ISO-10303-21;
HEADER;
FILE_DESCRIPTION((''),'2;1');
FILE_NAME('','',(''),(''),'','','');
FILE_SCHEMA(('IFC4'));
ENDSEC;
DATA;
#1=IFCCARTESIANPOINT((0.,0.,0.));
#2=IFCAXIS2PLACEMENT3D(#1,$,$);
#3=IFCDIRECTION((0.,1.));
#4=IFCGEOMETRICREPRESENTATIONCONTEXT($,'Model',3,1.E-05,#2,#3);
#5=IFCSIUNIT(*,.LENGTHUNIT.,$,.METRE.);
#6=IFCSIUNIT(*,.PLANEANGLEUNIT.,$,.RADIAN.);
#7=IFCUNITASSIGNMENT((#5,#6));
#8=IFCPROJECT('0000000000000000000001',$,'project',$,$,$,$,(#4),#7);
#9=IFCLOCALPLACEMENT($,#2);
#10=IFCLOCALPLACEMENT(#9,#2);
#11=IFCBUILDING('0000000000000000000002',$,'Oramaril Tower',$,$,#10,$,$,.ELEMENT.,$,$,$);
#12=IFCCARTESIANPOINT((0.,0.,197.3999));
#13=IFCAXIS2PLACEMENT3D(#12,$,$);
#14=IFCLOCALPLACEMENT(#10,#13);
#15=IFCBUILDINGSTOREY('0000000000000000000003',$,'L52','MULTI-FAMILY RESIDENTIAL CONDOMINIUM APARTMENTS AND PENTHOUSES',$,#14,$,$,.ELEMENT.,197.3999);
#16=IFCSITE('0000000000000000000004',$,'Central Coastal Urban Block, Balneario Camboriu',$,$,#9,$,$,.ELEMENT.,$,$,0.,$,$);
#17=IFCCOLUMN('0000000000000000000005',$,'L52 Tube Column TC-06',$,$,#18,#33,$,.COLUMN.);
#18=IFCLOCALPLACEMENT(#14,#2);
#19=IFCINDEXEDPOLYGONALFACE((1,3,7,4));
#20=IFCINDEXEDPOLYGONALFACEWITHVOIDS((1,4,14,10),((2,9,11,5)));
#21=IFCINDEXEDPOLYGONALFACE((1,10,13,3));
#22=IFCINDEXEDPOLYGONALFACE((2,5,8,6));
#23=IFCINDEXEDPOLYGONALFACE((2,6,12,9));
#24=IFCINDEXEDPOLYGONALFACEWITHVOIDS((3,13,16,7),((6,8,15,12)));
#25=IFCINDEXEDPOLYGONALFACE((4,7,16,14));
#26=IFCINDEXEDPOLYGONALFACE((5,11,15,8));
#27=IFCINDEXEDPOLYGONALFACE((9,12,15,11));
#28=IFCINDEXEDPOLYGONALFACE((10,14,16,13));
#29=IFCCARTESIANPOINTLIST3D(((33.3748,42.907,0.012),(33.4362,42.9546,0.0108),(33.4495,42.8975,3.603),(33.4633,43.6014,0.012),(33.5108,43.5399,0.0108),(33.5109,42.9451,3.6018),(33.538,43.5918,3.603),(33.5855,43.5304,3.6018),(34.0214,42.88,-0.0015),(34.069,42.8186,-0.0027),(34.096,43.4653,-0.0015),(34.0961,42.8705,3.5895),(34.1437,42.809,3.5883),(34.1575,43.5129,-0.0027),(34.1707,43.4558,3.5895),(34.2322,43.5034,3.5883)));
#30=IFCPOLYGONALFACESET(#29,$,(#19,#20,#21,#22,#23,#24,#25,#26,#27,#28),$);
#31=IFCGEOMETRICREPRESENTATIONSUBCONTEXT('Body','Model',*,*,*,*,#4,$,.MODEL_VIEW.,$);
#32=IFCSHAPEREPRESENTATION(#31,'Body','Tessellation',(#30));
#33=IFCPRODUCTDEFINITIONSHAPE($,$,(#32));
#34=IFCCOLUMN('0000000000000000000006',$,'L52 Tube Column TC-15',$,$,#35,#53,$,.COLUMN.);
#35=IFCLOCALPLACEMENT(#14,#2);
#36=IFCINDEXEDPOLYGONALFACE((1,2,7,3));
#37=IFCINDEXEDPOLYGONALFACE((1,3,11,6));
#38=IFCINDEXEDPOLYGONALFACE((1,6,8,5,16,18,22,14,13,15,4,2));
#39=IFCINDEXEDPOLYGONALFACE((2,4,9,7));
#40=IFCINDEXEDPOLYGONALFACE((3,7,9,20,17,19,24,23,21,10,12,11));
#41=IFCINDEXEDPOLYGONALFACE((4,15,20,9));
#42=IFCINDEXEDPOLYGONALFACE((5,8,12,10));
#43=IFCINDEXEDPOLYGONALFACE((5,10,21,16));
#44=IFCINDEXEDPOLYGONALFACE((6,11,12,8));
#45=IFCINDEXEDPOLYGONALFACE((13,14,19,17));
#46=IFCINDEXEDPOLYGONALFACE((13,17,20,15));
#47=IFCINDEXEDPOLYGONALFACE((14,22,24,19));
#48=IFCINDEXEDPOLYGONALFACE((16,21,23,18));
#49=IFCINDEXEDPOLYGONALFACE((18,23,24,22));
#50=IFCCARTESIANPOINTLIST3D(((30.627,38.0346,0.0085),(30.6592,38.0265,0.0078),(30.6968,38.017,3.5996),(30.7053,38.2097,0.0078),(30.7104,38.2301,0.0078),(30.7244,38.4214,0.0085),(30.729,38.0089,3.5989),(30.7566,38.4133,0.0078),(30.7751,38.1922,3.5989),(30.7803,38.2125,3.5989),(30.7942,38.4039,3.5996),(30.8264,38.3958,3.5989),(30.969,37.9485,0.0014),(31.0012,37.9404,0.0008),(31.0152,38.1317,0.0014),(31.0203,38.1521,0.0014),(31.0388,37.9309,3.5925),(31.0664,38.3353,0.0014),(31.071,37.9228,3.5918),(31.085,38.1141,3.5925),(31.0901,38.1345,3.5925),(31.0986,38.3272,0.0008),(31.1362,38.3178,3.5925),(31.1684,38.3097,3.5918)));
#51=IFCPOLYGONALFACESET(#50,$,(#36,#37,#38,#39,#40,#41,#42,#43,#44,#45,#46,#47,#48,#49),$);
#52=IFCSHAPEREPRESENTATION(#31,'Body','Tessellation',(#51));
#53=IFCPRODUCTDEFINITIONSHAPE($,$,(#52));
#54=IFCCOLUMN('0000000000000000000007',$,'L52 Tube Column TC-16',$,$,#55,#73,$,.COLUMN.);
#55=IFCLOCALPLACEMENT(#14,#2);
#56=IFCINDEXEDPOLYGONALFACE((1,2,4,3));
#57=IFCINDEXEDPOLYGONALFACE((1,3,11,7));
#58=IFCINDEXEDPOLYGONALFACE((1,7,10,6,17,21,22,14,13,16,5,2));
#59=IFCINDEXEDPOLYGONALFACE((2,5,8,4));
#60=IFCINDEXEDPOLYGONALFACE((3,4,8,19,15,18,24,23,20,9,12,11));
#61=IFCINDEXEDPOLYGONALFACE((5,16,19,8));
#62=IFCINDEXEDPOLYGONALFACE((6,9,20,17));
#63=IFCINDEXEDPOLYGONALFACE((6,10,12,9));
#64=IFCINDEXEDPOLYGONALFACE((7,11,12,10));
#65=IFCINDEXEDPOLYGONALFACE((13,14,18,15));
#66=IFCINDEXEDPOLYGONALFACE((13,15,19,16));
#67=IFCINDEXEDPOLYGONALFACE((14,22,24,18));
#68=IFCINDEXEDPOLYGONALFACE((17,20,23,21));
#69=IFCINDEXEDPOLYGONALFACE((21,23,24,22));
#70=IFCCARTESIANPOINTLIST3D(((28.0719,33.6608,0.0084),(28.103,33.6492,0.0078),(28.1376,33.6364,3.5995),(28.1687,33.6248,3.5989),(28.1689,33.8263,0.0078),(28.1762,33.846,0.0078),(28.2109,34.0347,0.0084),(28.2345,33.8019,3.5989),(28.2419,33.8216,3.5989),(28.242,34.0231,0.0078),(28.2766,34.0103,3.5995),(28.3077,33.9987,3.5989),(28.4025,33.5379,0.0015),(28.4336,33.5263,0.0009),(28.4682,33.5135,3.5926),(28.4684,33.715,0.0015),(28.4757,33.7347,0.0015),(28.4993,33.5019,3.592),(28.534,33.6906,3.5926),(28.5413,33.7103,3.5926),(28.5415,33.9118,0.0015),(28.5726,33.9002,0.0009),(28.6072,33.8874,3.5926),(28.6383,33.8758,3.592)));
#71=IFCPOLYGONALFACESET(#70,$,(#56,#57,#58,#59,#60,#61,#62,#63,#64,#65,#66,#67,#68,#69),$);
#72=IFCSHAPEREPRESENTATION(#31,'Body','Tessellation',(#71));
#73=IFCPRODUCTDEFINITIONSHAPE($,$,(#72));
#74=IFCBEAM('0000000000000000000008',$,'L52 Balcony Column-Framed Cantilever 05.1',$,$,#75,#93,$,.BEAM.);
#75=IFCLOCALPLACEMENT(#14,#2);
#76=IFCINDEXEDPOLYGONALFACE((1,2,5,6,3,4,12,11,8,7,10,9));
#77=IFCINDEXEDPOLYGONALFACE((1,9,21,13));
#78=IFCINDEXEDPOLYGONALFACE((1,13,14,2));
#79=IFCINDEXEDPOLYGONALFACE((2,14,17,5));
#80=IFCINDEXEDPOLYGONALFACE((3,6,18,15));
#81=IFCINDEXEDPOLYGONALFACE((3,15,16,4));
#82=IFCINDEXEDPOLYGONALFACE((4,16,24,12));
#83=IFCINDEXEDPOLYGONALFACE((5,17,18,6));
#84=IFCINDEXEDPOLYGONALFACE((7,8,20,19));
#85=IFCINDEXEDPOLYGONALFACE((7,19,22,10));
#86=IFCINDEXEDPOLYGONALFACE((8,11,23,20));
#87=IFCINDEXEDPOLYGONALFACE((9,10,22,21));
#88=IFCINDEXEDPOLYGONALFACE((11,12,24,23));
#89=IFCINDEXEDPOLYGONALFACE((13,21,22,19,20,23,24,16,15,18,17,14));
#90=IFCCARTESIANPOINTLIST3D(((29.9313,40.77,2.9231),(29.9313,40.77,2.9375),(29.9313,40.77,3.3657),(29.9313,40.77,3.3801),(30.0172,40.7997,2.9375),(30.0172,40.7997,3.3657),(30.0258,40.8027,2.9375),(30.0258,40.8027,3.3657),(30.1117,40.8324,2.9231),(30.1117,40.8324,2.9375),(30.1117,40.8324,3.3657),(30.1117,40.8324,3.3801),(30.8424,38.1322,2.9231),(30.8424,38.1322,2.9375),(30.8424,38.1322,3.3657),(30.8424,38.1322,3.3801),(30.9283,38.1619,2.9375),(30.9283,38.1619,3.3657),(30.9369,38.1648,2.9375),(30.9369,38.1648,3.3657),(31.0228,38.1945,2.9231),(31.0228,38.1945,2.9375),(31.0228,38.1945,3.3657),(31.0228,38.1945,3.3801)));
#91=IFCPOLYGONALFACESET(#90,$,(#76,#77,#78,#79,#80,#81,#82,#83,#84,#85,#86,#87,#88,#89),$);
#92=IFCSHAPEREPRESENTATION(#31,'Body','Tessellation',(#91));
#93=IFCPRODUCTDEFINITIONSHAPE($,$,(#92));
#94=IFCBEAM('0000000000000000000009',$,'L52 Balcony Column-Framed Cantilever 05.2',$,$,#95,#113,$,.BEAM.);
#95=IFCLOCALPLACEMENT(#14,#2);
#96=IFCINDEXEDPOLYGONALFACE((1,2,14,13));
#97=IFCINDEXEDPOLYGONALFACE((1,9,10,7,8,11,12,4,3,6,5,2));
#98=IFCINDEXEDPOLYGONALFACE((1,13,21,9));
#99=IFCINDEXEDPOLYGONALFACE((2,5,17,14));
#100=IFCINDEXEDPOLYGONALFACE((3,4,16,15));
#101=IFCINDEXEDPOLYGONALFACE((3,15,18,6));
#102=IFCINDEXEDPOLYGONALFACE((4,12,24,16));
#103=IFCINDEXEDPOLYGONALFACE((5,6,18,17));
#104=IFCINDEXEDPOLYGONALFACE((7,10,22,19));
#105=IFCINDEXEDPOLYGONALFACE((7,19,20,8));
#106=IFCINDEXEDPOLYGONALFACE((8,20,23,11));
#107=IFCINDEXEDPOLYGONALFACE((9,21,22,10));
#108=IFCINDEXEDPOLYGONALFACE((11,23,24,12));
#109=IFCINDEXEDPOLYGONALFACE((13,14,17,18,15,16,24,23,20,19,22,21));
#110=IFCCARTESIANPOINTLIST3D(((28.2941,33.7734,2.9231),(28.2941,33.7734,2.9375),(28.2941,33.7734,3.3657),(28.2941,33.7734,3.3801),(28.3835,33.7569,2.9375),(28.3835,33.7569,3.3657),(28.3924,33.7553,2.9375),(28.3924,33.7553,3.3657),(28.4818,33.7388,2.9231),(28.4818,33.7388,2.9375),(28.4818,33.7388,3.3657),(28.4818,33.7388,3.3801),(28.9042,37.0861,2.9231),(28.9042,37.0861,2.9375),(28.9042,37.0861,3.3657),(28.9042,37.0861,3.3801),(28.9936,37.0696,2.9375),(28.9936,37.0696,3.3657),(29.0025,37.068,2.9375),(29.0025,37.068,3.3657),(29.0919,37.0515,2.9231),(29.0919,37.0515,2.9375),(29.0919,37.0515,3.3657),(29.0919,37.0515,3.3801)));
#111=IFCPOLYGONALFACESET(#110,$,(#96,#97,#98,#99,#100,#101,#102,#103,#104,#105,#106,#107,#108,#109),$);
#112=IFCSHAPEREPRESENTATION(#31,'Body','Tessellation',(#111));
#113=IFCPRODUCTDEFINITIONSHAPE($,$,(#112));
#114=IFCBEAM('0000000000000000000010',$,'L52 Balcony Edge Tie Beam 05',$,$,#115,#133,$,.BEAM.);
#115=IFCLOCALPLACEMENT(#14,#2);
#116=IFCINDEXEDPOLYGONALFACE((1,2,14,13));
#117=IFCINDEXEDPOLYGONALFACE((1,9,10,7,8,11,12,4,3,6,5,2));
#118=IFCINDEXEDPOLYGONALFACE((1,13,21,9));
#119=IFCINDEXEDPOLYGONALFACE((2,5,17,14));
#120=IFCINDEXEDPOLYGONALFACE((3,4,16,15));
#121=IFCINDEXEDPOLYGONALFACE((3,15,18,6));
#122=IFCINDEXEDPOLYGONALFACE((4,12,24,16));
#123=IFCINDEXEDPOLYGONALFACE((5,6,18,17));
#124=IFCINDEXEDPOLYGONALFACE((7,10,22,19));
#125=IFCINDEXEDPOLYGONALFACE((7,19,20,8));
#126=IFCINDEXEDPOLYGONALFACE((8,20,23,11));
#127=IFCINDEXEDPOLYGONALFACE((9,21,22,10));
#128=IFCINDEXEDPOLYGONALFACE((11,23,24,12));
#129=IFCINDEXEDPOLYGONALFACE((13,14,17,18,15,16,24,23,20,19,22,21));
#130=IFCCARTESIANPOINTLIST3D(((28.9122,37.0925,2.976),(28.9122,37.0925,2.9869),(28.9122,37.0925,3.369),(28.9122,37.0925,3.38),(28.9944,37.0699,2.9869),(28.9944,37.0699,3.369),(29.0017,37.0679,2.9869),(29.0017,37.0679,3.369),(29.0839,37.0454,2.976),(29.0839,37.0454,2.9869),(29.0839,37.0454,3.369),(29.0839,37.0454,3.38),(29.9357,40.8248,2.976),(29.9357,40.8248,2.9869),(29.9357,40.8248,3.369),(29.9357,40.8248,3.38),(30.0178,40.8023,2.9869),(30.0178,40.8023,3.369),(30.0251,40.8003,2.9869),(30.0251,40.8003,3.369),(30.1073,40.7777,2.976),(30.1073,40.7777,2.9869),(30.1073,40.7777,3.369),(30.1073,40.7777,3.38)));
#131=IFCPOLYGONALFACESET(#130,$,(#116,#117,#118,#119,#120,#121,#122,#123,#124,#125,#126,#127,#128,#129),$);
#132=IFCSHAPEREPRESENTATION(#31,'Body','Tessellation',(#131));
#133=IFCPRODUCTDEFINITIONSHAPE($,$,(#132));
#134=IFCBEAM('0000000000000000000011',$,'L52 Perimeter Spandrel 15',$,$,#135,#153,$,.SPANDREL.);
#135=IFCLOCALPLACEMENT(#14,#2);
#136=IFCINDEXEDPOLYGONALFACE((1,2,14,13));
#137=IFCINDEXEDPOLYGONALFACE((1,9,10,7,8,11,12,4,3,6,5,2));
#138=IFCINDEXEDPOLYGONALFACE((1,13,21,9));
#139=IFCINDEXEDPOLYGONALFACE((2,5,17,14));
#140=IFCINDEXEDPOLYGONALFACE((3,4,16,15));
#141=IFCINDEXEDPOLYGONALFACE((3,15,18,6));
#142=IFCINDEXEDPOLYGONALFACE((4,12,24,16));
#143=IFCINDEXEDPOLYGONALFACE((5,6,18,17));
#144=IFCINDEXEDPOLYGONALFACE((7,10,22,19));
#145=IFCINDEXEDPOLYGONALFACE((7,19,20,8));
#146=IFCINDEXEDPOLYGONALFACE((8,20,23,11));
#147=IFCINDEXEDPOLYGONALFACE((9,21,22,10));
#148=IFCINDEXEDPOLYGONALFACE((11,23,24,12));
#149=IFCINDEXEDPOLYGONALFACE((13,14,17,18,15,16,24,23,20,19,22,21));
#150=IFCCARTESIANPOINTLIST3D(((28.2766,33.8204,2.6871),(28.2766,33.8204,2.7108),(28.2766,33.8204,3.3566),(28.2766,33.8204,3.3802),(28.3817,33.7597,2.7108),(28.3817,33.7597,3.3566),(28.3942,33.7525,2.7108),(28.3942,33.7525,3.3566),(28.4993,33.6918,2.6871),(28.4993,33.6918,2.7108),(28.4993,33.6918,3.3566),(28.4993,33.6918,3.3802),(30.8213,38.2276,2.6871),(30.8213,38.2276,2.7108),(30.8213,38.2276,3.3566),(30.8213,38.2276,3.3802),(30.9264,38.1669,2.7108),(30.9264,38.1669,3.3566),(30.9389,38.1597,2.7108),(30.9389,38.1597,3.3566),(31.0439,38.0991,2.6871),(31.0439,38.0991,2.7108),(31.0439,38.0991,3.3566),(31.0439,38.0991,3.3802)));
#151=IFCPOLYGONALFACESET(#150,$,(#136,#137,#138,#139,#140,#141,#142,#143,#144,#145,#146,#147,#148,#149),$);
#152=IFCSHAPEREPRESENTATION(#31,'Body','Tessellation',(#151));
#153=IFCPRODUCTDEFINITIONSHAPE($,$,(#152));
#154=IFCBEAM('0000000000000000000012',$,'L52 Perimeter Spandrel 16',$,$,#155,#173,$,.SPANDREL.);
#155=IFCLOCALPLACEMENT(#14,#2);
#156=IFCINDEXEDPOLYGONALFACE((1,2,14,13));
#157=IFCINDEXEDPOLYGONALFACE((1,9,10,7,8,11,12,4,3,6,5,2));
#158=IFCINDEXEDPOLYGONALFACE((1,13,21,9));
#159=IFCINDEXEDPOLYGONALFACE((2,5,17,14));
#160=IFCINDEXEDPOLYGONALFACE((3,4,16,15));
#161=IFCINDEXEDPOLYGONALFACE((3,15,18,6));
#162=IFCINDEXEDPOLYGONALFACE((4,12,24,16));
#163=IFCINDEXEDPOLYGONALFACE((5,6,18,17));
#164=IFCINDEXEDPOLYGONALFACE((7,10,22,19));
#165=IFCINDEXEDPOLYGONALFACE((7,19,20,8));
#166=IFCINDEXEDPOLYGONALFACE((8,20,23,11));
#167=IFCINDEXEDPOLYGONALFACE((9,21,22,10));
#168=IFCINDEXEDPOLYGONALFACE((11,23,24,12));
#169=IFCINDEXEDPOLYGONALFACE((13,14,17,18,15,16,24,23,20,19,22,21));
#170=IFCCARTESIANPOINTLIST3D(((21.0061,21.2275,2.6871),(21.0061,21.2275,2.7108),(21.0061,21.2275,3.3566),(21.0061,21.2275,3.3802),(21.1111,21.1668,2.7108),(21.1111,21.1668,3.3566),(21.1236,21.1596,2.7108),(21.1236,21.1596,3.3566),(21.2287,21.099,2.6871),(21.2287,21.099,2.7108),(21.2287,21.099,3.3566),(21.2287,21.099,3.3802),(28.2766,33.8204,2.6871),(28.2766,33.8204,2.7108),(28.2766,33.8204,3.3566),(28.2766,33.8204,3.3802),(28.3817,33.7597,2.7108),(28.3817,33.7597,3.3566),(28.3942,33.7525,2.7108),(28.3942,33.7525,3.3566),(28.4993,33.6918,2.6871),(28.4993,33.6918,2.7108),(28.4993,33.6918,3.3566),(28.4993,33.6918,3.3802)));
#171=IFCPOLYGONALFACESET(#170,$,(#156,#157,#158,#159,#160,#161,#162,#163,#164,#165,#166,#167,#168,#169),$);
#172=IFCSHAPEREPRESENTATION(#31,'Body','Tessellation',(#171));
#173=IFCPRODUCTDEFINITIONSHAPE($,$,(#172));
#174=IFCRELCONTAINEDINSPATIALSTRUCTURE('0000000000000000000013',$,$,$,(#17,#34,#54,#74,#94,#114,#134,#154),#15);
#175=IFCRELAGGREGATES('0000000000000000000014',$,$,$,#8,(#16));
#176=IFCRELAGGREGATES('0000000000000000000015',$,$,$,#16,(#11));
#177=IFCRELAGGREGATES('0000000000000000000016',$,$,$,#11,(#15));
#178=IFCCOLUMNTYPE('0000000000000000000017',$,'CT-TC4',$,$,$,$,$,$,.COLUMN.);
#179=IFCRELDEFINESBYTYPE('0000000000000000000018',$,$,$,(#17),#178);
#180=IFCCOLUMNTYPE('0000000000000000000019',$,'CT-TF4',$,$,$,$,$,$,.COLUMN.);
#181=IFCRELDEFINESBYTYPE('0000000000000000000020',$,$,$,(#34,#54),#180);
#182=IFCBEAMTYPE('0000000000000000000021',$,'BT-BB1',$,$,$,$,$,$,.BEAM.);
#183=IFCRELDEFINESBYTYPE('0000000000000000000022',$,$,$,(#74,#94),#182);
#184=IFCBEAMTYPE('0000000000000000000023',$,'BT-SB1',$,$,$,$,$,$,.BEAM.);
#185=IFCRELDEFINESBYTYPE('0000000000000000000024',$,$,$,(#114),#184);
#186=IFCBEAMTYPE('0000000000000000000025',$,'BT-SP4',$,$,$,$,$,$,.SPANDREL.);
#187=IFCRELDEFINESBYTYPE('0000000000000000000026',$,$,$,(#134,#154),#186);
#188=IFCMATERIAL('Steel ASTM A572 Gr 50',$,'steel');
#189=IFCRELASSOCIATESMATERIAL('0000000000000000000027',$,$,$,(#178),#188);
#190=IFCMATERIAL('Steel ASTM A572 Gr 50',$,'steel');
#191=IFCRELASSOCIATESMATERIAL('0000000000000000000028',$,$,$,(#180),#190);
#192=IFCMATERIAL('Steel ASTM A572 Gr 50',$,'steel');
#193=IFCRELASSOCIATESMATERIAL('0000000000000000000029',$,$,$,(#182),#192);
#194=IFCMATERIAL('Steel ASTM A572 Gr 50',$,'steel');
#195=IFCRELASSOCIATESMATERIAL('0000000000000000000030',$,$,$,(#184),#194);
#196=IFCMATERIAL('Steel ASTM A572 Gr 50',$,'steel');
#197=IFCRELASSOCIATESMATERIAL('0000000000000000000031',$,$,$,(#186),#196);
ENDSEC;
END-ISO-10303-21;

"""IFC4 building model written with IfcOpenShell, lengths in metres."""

from ifc_helpers import new_model, si_unit, direction, frame, origin, origin_2d, place, context, subcontext, project, spatial, hollow_rectangle, i_section, extrude, material, material_profile, profile_set, type_object, element, save


model = new_model("IFC4")

# Units and contexts
model_context = context("Model", 3, precision=1e-05, world=origin(), true_north=direction((0.0, 1.0)))
body_context = subcontext(model_context, "Body", "Model", "MODEL_VIEW")
ifc_project = project(units=[si_unit("LENGTHUNIT", "METRE"), si_unit("PLANEANGLEUNIT", "RADIAN")], contexts=[model_context])

# Site, building, storey
site_placement = place(None, origin())
site = spatial("IfcSite", under=ifc_project, at=site_placement, Name="Central Coastal Urban Block, Balneario Camboriu", CompositionType="ELEMENT", RefElevation=0.0)
building_placement = place(site_placement, origin())
building = spatial("IfcBuilding", under=site, at=building_placement, Name="Oramaril Tower", CompositionType="ELEMENT")
storey_placement = place(building_placement, frame((0.0, 0.0, 197.3999)))
storey = spatial("IfcBuildingStorey", under=building, at=storey_placement, Name="L52", Description="MULTI-FAMILY RESIDENTIAL CONDOMINIUM APARTMENTS AND PENTHOUSES", CompositionType="ELEMENT", Elevation=197.3999)

# Columns
ifc_material_1 = material(Name="Steel ASTM A572 Gr 50", Category="steel")
ifc_material_profile_1 = material_profile(ifc_material_1, hollow_rectangle(XDim=0.7, YDim=0.7, WallThickness=0.0549, at=origin_2d()), Name="BOX700X700X55")
ifc_profile_set_1 = profile_set([ifc_material_profile_1], Name="Steel ASTM A572 Gr 50")
column_type_1 = type_object("IfcColumnType", Name="CT-TC4", PredefinedType="COLUMN", material=ifc_profile_set_1)
column_placement = place(storey_placement, frame((33.7661, 43.21, 0.0046), z_axis=(0.020799, -0.002651, 0.99978), x_axis=(0.126428, 0.991976, 0.0)))
element("IfcColumn", 1, at=column_placement, inside=storey, type_object=column_type_1, Name="L52 Tube Column TC-06", PredefinedType="COLUMN", context=body_context, shape_type="SweptSolid", body=[
    extrude(hollow_rectangle(XDim=0.7, YDim=0.7, WallThickness=0.0549, at=origin_2d()), origin(), (0.0, 0.0, 1.0), 3.5918),
])
ifc_material_2 = material(Name="Steel ASTM A572 Gr 50", Category="steel")
ifc_material_profile_2 = material_profile(ifc_material_2, i_section(OverallWidth=0.3989, OverallDepth=0.386, WebThickness=0.021, FlangeThickness=0.0332, at=origin_2d()), Name="W14X176")
ifc_profile_set_2 = profile_set([ifc_material_profile_2], Name="Steel ASTM A572 Gr 50")
column_type_2 = type_object("IfcColumnType", Name="CT-TF4", PredefinedType="COLUMN", material=ifc_profile_set_2)
for number, where, z_axis, x_axis, name in (
    (2, (30.8628, 38.1809, 0.0046), (0.01944, -0.004894, 0.999799), (0.244131, 0.969742, 0.0), "L52 Tube Column TC-15"),
    (3, (28.3223, 33.7805, 0.0046), (0.018285, -0.006797, 0.99981), (0.348449, 0.937328, 0.0), "L52 Tube Column TC-16"),
):
    element("IfcColumn", number, at=place(storey_placement, frame(where, z_axis=z_axis, x_axis=x_axis)), inside=storey, type_object=column_type_2, Name=name, PredefinedType="COLUMN", context=body_context, shape_type="SweptSolid", body=[
        extrude(i_section(OverallWidth=0.3989, OverallDepth=0.386, WebThickness=0.021, FlangeThickness=0.0332, at=origin_2d()), origin(), (0.0, 0.0, 1.0), 3.5918),
    ])

# Beams
ifc_material_3 = material(Name="Steel ASTM A572 Gr 50", Category="steel")
ifc_material_profile_3 = material_profile(ifc_material_3, i_section(OverallWidth=0.1909, OverallDepth=0.457, WebThickness=0.009, FlangeThickness=0.0144, at=origin_2d()), Name="W18X50")
ifc_profile_set_3 = profile_set([ifc_material_profile_3], Name="Steel ASTM A572 Gr 50")
beam_type_1 = type_object("IfcBeamType", Name="BT-BB1", PredefinedType="BEAM", material=ifc_profile_set_3)
beam_1_placement = place(storey_placement, frame((30.9326, 38.1633, 3.1516), z_axis=(-0.326471, 0.945207, 0.0), x_axis=(-0.945207, -0.326471, 0.0)))
element("IfcBeam", 4, at=beam_1_placement, inside=storey, type_object=beam_type_1, Name="L52 Balcony Column-Framed Cantilever 05.1", PredefinedType="BEAM", context=body_context, shape_type="SweptSolid", body=[
    extrude(i_section(OverallWidth=0.1909, OverallDepth=0.457, WebThickness=0.009, FlangeThickness=0.0144, at=origin_2d()), origin(), (0.0, 0.0, 1.0), 2.7908),
])
beam_2_placement = place(storey_placement, frame((28.3879, 33.7561, 3.1516), z_axis=(0.181124, 0.98346, 0.0), x_axis=(-0.98346, 0.181124, 0.0)))
element("IfcBeam", 5, at=beam_2_placement, inside=storey, type_object=beam_type_1, Name="L52 Balcony Column-Framed Cantilever 05.2", PredefinedType="BEAM", context=body_context, shape_type="SweptSolid", body=[
    extrude(i_section(OverallWidth=0.1909, OverallDepth=0.457, WebThickness=0.009, FlangeThickness=0.0144, at=origin_2d()), origin(), (0.0, 0.0, 1.0), 3.3684),
])
ifc_material_4 = material(Name="Steel ASTM A572 Gr 50", Category="steel")
ifc_material_profile_4 = material_profile(ifc_material_4, i_section(OverallWidth=0.178, OverallDepth=0.4041, WebThickness=0.0076, FlangeThickness=0.011, at=origin_2d()), Name="W16X36")
ifc_profile_set_4 = profile_set([ifc_material_profile_4], Name="Steel ASTM A572 Gr 50")
beam_type_2 = type_object("IfcBeamType", Name="BT-SB1", PredefinedType="BEAM", material=ifc_profile_set_4)
beam_3_placement = place(storey_placement, frame((30.0215, 40.8013, 3.178), z_axis=(-0.264441, -0.964402, 0.0), x_axis=(0.964402, -0.264441, 0.0)))
element("IfcBeam", 6, at=beam_3_placement, inside=storey, type_object=beam_type_2, Name="L52 Balcony Edge Tie Beam 05", PredefinedType="BEAM", context=body_context, shape_type="SweptSolid", body=[
    extrude(i_section(OverallWidth=0.178, OverallDepth=0.4041, WebThickness=0.0076, FlangeThickness=0.011, at=origin_2d()), origin(), (0.0, 0.0, 1.0), 3.8701),
])
ifc_material_5 = material(Name="Steel ASTM A572 Gr 50", Category="steel")
ifc_material_profile_5 = material_profile(ifc_material_5, i_section(OverallWidth=0.2571, OverallDepth=0.6931, WebThickness=0.0144, FlangeThickness=0.0237, at=origin_2d()), Name="W27X114")
ifc_profile_set_5 = profile_set([ifc_material_profile_5], Name="Steel ASTM A572 Gr 50")
beam_type_3 = type_object("IfcBeamType", Name="BT-SP4", PredefinedType="SPANDREL", material=ifc_profile_set_5)
beam_4_placement = place(storey_placement, frame((30.9326, 38.1633, 3.0337), z_axis=(-0.500024, -0.866011, 0.0), x_axis=(0.866011, -0.500024, 0.0)))
element("IfcBeam", 7, at=beam_4_placement, inside=storey, type_object=beam_type_3, Name="L52 Perimeter Spandrel 15", PredefinedType="SPANDREL", context=body_context, shape_type="SweptSolid", body=[
    extrude(i_section(OverallWidth=0.2571, OverallDepth=0.6931, WebThickness=0.0144, FlangeThickness=0.0237, at=origin_2d()), origin(), (0.0, 0.0, 1.0), 5.0891),
])
beam_5_placement = place(storey_placement, frame((28.3879, 33.7561, 3.0337), z_axis=(-0.500003, -0.866023, 0.0), x_axis=(0.866023, -0.500003, 0.0)))
element("IfcBeam", 8, at=beam_5_placement, inside=storey, type_object=beam_type_3, Name="L52 Perimeter Spandrel 16", PredefinedType="SPANDREL", context=body_context, shape_type="SweptSolid", body=[
    extrude(i_section(OverallWidth=0.2571, OverallDepth=0.6931, WebThickness=0.0144, FlangeThickness=0.0237, at=origin_2d()), origin(), (0.0, 0.0, 1.0), 14.541),
])

save(model, "model.ifc")
